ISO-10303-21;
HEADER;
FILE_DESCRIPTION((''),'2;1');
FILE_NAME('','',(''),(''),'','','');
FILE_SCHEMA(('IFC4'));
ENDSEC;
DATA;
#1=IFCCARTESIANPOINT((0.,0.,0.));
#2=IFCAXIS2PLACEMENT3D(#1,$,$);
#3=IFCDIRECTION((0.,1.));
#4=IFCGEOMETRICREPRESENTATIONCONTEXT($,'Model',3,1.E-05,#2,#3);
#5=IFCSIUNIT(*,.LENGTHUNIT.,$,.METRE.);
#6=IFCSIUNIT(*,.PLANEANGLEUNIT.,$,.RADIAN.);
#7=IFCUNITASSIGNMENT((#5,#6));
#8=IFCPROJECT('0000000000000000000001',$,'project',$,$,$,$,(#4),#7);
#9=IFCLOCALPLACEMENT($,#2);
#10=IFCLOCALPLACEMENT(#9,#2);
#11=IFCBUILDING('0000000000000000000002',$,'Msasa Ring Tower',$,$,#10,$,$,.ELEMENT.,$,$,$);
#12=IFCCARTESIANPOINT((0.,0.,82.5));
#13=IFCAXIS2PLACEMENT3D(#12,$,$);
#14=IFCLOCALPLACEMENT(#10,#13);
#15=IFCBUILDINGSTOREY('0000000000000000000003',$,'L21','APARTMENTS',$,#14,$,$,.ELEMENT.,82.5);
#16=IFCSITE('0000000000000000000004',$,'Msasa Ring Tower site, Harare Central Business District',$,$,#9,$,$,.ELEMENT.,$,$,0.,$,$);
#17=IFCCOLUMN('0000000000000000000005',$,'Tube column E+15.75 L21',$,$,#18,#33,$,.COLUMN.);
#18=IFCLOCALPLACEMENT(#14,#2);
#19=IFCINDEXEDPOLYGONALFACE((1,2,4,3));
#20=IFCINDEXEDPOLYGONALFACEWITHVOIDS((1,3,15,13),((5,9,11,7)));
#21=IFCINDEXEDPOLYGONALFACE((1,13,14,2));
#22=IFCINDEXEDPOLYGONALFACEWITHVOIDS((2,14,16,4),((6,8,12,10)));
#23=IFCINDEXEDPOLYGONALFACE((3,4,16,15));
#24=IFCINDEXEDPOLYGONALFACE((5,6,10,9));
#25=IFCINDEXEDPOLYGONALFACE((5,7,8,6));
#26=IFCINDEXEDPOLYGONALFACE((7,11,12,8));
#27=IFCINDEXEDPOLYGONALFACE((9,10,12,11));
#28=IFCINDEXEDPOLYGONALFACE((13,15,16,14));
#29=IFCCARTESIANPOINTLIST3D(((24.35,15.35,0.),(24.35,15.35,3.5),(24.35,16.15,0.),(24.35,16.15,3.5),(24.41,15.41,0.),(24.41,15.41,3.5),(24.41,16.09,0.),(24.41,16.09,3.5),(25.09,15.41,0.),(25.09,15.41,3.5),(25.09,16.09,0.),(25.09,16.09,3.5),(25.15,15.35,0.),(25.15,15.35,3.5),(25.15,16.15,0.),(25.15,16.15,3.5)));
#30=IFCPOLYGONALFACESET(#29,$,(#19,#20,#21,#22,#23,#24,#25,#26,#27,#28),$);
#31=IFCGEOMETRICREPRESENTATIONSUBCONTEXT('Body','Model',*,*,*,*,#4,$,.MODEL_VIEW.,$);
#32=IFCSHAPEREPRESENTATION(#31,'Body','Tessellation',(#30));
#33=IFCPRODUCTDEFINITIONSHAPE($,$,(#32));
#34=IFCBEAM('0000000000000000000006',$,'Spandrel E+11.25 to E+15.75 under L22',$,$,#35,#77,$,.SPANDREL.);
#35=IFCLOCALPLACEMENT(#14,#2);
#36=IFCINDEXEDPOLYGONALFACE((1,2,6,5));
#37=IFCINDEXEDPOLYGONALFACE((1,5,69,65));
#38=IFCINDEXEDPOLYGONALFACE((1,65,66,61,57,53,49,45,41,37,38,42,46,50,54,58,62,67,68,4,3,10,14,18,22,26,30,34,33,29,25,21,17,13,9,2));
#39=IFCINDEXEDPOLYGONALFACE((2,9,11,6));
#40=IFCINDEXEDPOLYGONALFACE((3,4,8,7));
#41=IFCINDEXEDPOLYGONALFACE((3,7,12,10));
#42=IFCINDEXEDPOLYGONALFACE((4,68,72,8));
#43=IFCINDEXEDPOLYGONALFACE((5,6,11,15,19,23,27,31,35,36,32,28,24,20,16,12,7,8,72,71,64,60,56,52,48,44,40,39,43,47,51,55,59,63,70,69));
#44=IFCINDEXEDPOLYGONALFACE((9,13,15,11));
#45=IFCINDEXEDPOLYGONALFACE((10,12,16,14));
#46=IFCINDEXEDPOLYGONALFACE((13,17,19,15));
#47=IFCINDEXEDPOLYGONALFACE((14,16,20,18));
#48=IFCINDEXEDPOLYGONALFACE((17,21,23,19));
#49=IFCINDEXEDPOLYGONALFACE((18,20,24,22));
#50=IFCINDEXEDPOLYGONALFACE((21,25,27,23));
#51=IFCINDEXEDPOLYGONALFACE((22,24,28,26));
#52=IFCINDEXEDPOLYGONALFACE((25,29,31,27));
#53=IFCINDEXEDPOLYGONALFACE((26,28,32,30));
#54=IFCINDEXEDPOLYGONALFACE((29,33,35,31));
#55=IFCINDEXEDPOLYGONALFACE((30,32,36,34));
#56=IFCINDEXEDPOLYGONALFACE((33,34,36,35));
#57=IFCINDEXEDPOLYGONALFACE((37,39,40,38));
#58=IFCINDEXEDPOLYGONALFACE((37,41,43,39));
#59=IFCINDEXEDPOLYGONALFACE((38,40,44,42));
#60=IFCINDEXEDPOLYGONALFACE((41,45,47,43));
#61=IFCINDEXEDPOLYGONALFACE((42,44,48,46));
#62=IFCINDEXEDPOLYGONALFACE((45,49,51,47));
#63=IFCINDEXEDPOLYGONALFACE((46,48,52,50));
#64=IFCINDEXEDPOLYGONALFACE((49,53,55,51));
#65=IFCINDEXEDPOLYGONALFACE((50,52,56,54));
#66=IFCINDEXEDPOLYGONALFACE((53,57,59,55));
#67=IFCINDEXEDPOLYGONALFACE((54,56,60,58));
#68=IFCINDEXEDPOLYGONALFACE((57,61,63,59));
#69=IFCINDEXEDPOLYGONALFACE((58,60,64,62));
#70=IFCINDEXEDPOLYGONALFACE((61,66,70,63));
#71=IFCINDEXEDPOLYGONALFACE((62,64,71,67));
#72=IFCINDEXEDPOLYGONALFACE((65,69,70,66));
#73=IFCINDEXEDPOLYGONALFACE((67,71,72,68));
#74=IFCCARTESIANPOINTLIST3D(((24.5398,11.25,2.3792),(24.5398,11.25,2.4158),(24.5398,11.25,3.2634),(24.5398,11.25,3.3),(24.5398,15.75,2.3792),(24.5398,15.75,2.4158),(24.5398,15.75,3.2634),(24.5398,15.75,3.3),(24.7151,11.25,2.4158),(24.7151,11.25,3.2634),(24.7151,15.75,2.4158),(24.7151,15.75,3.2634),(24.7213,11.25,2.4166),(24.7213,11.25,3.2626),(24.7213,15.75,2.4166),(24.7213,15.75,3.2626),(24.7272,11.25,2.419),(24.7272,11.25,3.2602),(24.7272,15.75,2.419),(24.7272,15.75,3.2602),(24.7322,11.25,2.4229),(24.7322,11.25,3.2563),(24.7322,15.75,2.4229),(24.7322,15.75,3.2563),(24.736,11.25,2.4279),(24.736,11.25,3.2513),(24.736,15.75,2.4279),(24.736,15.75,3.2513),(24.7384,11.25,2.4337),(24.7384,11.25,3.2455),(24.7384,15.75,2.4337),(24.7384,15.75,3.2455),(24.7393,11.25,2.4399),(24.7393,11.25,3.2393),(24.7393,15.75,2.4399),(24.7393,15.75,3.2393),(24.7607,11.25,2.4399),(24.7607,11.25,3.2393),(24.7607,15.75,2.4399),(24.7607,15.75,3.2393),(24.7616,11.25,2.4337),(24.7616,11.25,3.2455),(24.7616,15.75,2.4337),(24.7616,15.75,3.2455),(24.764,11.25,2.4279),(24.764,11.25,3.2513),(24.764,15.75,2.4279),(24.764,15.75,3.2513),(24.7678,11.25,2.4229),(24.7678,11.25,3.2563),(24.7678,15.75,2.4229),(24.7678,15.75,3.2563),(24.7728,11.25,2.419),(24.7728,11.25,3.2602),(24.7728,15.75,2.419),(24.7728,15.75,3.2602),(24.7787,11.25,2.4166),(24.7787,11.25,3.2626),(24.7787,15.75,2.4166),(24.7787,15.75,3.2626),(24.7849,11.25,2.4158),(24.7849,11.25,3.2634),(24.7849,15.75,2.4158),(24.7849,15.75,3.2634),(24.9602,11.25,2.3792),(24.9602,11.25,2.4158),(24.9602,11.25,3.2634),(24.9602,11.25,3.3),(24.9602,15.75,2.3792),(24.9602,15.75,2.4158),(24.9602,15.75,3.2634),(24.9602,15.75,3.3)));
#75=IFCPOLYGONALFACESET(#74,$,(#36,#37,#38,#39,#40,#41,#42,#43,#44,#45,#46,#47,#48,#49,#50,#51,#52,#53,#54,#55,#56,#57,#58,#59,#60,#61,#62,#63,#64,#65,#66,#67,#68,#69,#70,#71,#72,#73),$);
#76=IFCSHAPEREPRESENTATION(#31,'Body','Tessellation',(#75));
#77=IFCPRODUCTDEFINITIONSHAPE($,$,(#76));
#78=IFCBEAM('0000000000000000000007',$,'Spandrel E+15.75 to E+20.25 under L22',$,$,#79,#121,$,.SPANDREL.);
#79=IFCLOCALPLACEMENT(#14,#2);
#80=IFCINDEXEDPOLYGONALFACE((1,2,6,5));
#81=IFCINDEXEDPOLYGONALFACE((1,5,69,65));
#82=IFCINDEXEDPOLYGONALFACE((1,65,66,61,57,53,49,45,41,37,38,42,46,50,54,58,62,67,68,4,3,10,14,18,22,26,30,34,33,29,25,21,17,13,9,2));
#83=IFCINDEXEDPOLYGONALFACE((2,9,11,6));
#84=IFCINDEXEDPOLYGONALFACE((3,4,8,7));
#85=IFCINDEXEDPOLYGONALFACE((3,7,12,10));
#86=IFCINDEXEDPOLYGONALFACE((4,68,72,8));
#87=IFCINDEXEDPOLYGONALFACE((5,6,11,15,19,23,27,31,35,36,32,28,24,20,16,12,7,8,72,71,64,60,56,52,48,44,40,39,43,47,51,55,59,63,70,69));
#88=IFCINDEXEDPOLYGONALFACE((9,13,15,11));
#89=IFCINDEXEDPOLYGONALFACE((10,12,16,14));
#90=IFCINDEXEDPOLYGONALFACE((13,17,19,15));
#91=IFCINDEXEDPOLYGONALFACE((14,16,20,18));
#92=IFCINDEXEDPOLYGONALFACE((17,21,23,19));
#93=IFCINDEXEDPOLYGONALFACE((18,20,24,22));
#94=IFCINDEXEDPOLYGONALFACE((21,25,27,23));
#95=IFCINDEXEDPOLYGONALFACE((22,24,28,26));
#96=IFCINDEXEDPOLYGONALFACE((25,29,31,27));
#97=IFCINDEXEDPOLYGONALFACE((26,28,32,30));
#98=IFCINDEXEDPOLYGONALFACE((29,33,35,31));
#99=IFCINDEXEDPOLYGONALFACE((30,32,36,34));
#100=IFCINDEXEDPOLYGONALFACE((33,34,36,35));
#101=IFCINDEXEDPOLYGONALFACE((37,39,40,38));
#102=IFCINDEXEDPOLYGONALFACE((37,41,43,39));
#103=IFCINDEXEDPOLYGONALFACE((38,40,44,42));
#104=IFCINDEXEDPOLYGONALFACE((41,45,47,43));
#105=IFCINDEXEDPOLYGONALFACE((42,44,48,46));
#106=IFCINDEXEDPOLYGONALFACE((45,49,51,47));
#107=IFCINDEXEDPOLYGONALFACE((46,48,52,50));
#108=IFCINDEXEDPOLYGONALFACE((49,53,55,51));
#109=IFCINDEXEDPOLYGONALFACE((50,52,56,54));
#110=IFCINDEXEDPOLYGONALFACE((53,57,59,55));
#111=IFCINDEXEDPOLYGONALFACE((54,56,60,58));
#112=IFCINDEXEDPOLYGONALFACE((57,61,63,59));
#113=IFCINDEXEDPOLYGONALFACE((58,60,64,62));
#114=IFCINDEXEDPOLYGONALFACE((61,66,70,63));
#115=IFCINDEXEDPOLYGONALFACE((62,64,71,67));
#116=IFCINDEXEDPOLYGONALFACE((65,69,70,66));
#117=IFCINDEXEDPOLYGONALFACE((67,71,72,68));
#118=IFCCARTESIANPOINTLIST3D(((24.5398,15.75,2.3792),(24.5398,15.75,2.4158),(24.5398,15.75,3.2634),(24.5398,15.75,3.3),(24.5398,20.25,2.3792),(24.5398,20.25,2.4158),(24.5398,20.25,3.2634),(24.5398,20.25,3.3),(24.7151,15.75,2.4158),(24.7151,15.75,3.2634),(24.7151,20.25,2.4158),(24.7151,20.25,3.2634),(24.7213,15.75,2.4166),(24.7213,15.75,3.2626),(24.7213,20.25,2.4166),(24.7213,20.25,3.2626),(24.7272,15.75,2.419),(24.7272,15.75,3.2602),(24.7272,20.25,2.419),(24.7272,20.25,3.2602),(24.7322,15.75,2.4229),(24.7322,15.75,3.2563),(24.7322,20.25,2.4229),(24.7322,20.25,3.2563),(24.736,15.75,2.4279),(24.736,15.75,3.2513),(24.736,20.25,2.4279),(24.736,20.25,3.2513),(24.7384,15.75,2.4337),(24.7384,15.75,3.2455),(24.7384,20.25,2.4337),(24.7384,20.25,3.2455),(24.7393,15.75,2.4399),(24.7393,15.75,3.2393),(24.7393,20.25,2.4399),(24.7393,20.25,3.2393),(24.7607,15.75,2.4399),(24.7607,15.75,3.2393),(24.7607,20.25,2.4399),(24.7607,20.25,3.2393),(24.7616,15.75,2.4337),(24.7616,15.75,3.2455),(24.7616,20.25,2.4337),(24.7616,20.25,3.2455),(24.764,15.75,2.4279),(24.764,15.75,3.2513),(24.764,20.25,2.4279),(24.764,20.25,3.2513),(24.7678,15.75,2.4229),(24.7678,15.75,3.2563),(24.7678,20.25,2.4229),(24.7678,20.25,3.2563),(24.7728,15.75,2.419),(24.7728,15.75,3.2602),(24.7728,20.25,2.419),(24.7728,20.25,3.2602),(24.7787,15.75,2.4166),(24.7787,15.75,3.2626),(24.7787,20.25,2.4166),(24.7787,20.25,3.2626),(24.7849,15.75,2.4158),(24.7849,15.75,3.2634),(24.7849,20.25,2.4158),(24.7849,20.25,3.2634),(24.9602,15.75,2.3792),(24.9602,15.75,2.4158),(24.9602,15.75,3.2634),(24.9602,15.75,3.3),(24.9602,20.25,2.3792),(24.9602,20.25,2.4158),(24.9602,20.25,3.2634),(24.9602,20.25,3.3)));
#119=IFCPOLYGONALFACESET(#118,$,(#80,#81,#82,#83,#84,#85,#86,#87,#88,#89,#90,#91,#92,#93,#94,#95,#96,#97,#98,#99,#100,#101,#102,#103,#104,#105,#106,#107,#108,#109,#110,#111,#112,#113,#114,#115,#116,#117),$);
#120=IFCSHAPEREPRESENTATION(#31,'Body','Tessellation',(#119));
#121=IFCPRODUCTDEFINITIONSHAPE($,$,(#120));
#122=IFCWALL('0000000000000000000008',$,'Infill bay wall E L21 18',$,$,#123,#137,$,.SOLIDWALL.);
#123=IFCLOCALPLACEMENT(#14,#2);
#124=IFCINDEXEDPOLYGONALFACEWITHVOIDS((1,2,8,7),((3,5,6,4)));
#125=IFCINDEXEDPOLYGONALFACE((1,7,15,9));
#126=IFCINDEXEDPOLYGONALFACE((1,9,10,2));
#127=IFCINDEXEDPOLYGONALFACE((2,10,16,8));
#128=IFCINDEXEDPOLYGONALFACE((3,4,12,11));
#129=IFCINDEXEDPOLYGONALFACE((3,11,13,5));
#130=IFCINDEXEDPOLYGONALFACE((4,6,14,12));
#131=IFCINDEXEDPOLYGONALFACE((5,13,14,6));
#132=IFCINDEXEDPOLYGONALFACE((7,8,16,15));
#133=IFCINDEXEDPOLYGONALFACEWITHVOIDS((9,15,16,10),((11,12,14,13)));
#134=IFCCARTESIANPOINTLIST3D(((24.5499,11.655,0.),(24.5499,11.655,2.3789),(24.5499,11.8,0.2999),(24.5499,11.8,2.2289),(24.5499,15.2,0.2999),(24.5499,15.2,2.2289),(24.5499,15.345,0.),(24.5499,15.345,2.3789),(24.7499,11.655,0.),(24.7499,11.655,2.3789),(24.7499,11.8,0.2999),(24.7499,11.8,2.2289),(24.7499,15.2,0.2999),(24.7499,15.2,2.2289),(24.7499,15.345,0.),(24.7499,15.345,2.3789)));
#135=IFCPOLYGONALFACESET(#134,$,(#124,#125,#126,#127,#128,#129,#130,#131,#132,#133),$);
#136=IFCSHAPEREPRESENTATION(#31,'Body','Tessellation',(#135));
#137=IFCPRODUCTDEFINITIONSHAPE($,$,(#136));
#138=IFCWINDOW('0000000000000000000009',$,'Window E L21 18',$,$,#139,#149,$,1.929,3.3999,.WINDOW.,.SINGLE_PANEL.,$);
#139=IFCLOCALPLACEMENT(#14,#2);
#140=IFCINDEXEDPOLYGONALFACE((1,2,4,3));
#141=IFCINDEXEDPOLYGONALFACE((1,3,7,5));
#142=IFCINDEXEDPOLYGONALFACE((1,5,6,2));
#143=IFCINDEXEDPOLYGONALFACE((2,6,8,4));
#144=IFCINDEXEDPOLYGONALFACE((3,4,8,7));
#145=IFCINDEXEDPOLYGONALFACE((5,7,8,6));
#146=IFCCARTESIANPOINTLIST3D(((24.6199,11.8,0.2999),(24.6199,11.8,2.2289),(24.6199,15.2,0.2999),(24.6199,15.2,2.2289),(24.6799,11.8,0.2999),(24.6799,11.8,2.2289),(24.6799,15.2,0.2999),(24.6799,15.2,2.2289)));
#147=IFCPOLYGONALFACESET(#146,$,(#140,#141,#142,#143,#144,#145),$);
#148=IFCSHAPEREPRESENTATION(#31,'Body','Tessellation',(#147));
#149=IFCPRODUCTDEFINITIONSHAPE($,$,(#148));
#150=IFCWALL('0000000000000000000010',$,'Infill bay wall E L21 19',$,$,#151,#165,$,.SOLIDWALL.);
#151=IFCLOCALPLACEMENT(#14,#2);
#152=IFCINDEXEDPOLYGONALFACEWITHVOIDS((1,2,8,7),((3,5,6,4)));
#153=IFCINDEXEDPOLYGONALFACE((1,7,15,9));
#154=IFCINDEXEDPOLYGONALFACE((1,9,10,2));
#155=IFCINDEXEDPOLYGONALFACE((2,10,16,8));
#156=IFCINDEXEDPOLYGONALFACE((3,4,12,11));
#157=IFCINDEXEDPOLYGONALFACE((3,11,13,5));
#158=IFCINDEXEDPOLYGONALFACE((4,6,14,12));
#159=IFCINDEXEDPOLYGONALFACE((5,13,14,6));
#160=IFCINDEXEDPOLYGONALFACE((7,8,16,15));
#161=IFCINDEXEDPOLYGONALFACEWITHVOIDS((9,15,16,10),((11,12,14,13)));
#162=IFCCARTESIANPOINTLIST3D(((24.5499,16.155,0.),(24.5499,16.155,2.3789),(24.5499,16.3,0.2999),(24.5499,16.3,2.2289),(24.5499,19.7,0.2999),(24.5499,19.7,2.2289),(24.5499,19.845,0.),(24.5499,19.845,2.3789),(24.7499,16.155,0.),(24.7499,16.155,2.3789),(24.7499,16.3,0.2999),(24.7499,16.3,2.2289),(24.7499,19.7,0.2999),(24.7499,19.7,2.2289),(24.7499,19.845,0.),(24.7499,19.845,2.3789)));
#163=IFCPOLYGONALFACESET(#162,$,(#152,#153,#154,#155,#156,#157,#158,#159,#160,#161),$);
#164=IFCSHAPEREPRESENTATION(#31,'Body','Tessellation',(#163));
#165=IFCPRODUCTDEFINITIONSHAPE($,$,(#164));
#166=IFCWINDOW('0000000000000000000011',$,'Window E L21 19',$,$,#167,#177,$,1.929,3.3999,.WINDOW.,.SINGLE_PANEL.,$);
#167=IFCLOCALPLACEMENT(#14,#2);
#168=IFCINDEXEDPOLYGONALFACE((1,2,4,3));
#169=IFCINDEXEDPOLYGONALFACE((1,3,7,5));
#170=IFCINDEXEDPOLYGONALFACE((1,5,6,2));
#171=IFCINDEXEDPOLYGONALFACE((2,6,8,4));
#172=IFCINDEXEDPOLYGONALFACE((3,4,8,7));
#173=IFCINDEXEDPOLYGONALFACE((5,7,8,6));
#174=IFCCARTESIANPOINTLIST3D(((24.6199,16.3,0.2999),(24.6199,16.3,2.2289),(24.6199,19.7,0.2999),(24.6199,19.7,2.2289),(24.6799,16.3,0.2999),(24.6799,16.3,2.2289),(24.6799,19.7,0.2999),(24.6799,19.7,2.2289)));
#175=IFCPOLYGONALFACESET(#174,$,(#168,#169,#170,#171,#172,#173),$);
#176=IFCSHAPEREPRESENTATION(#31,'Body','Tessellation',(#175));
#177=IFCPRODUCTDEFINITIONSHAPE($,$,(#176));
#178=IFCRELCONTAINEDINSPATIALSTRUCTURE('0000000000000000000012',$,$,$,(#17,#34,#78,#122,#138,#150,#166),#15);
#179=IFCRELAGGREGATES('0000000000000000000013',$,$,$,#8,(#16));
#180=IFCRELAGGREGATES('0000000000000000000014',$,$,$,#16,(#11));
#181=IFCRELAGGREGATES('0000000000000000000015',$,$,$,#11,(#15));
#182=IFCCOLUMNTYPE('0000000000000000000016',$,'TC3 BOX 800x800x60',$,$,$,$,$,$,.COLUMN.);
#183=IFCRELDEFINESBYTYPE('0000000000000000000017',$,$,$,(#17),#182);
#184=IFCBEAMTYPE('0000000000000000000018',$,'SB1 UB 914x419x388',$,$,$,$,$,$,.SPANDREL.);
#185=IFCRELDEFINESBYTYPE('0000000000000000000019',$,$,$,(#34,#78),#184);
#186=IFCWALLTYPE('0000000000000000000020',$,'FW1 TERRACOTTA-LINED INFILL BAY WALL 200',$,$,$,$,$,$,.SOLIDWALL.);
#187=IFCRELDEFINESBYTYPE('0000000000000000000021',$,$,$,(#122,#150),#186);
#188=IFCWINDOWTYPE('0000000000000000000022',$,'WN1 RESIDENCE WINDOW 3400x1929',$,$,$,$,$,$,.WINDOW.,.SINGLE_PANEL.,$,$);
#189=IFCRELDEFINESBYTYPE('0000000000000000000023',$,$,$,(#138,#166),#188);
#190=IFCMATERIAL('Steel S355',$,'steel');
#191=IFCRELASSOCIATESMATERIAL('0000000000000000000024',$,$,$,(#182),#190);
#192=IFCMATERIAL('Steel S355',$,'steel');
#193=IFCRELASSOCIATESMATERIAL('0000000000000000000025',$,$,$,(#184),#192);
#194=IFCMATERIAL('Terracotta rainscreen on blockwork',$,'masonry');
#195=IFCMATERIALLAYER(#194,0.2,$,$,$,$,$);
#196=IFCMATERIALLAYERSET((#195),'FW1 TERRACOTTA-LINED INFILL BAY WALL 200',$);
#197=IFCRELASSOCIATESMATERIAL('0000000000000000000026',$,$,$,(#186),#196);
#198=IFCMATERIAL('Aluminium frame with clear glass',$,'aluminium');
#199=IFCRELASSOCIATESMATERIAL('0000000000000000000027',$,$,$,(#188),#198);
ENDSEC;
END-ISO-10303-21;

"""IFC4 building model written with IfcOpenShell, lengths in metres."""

from ifc_helpers import new_model, si_unit, direction, frame, frame_2d, origin, origin_2d, place, context, subcontext, project, spatial, rectangle, hollow_rectangle, i_section, extrude, material, layer, layer_set, material_profile, profile_set, type_object, element, fill, save


model = new_model("IFC4")

# Units and contexts
model_context = context("Model", 3, precision=1e-05, world=origin(), true_north=direction((0.0, 1.0)))
body_context = subcontext(model_context, "Body", "Model", "MODEL_VIEW")
ifc_project = project(units=[si_unit("LENGTHUNIT", "METRE"), si_unit("PLANEANGLEUNIT", "RADIAN")], contexts=[model_context])

# Site, building, storey
site_placement = place(None, origin())
site = spatial("IfcSite", under=ifc_project, at=site_placement, Name="Msasa Ring Tower site, Harare Central Business District", CompositionType="ELEMENT", RefElevation=0.0)
building_placement = place(site_placement, origin())
building = spatial("IfcBuilding", under=site, at=building_placement, Name="Msasa Ring Tower", CompositionType="ELEMENT")
storey_placement = place(building_placement, frame((0.0, 0.0, 82.5)))
storey = spatial("IfcBuildingStorey", under=building, at=storey_placement, Name="L21", Description="APARTMENTS", CompositionType="ELEMENT", Elevation=82.5)

# Column
ifc_material_1 = material(Name="Steel S355", Category="steel")
ifc_material_profile_1 = material_profile(ifc_material_1, hollow_rectangle(XDim=0.8, YDim=0.8, WallThickness=0.0601, at=origin_2d()), Name="BOX 800x800x60")
ifc_profile_set_1 = profile_set([ifc_material_profile_1], Name="Steel S355")
column_type = type_object("IfcColumnType", Name="TC3 BOX 800x800x60", PredefinedType="COLUMN", material=ifc_profile_set_1)
column_placement = place(storey_placement, frame((24.75, 15.75, 0.0), z_axis=(0.0, 0.0, 1.0), x_axis=(1.0, 0.0, 0.0)))
element("IfcColumn", 1, at=column_placement, inside=storey, type_object=column_type, Name="Tube column E+15.75 L21", PredefinedType="COLUMN", context=body_context, shape_type="SweptSolid", body=[
    extrude(hollow_rectangle(XDim=0.8, YDim=0.8, WallThickness=0.0601, at=origin_2d()), origin(), (0.0, 0.0, 1.0), 3.5),
])

# Beams
ifc_material_2 = material(Name="Steel S355", Category="steel")
ifc_material_profile_2 = material_profile(ifc_material_2, i_section(OverallWidth=0.4204, OverallDepth=0.9209, WebThickness=0.0215, FlangeThickness=0.0366, FilletRadius=0.0242, at=origin_2d()), Name="UB 914x419x388")
ifc_profile_set_2 = profile_set([ifc_material_profile_2], Name="Steel S355")
beam_type = type_object("IfcBeamType", Name="SB1 UB 914x419x388", PredefinedType="SPANDREL", material=ifc_profile_set_2)
for number, where, z_axis, x_axis, name in (
    (2, (24.75, 11.25, 2.8396), (0.0, 1.0, 0.0), (-1.0, 0.0, 0.0), "Spandrel E+11.25 to E+15.75 under L22"),
    (3, (24.75, 15.75, 2.8396), (0.0, 1.0, 0.0), (-1.0, 0.0, 0.0), "Spandrel E+15.75 to E+20.25 under L22"),
):
    element("IfcBeam", number, at=place(storey_placement, frame(where, z_axis=z_axis, x_axis=x_axis)), inside=storey, type_object=beam_type, Name=name, PredefinedType="SPANDREL", context=body_context, shape_type="SweptSolid", body=[
        extrude(i_section(OverallWidth=0.4204, OverallDepth=0.9209, WebThickness=0.0215, FlangeThickness=0.0366, FilletRadius=0.0242, at=origin_2d()), origin(), (0.0, 0.0, 1.0), 4.5),
    ])

# Walls, openings, windows
ifc_material_3 = material(Name="Terracotta rainscreen on blockwork", Category="masonry")
ifc_layer_1 = layer(ifc_material_3, 0.2)
ifc_layer_set_1 = layer_set([ifc_layer_1], Name="FW1 TERRACOTTA-LINED INFILL BAY WALL 200")
wall_type_1 = type_object("IfcWallType", Name="FW1 TERRACOTTA-LINED INFILL BAY WALL 200", PredefinedType="SOLIDWALL", material=ifc_layer_set_1)
wall_1_placement = place(storey_placement, frame((24.6499, 11.655, 0.0), z_axis=(0.0, 0.0, 1.0), x_axis=(0.0, 1.0, 0.0)))
wall_1 = element("IfcWall", 4, at=wall_1_placement, inside=storey, type_object=wall_type_1, Name="Infill bay wall E L21 18", PredefinedType="SOLIDWALL", context=body_context, shape_type="SweptSolid", body=[
    extrude(rectangle(XDim=3.6899, YDim=0.2, at=frame_2d((1.845, 0.0))), origin(), (0.0, 0.0, 1.0), 2.3789),
])
opening_1_placement = place(wall_1_placement, frame((0.145, 0.0, 0.3)))
opening_1 = element("IfcOpeningElement", 5, at=opening_1_placement, cuts=wall_1, PredefinedType="OPENING", context=body_context, shape_type="SweptSolid", body=[
    extrude(rectangle(XDim=3.3999, YDim=1.929, at=frame_2d((1.7, 0.9644))), frame((0.0, 0.1099, 0.0), z_axis=(0.0, -1.0, 0.0), x_axis=(1.0, 0.0, 0.0)), (0.0, 0.0, 1.0), 0.22),
])
ifc_material_4 = material(Name="Aluminium frame with clear glass", Category="aluminium")
window_type = type_object("IfcWindowType", Name="WN1 RESIDENCE WINDOW 3400x1929", PartitioningType="SINGLE_PANEL", PredefinedType="WINDOW", material=ifc_material_4)
window_1_placement = place(opening_1_placement, origin())
window_1 = element("IfcWindow", 6, at=window_1_placement, inside=storey, type_object=window_type, Name="Window E L21 18", OverallHeight=1.929, OverallWidth=3.3999, PartitioningType="SINGLE_PANEL", PredefinedType="WINDOW", context=body_context, shape_type="SweptSolid", body=[
    extrude(rectangle(XDim=3.3999, YDim=1.929, at=frame_2d((1.7, 0.9644))), frame((0.0, 0.03, 0.0), z_axis=(0.0, -1.0, 0.0), x_axis=(1.0, 0.0, 0.0)), (0.0, 0.0, 1.0), 0.0601),
])
fill(opening_1, window_1)
wall_2_placement = place(storey_placement, frame((24.6499, 16.155, 0.0), z_axis=(0.0, 0.0, 1.0), x_axis=(0.0, 1.0, 0.0)))
wall_2 = element("IfcWall", 7, at=wall_2_placement, inside=storey, type_object=wall_type_1, Name="Infill bay wall E L21 19", PredefinedType="SOLIDWALL", context=body_context, shape_type="SweptSolid", body=[
    extrude(rectangle(XDim=3.6899, YDim=0.2, at=frame_2d((1.845, 0.0))), origin(), (0.0, 0.0, 1.0), 2.3789),
])
opening_2_placement = place(wall_2_placement, frame((0.145, 0.0, 0.3)))
opening_2 = element("IfcOpeningElement", 8, at=opening_2_placement, cuts=wall_2, PredefinedType="OPENING", context=body_context, shape_type="SweptSolid", body=[
    extrude(rectangle(XDim=3.3999, YDim=1.929, at=frame_2d((1.7, 0.9644))), frame((0.0, 0.1099, 0.0), z_axis=(0.0, -1.0, 0.0), x_axis=(1.0, 0.0, 0.0)), (0.0, 0.0, 1.0), 0.22),
])
window_2_placement = place(opening_2_placement, origin())
window_2 = element("IfcWindow", 9, at=window_2_placement, inside=storey, type_object=window_type, Name="Window E L21 19", OverallHeight=1.929, OverallWidth=3.3999, PartitioningType="SINGLE_PANEL", PredefinedType="WINDOW", context=body_context, shape_type="SweptSolid", body=[
    extrude(rectangle(XDim=3.3999, YDim=1.929, at=frame_2d((1.7, 0.9644))), frame((0.0, 0.03, 0.0), z_axis=(0.0, -1.0, 0.0), x_axis=(1.0, 0.0, 0.0)), (0.0, 0.0, 1.0), 0.0601),
])
fill(opening_2, window_2)

save(model, "model.ifc")
